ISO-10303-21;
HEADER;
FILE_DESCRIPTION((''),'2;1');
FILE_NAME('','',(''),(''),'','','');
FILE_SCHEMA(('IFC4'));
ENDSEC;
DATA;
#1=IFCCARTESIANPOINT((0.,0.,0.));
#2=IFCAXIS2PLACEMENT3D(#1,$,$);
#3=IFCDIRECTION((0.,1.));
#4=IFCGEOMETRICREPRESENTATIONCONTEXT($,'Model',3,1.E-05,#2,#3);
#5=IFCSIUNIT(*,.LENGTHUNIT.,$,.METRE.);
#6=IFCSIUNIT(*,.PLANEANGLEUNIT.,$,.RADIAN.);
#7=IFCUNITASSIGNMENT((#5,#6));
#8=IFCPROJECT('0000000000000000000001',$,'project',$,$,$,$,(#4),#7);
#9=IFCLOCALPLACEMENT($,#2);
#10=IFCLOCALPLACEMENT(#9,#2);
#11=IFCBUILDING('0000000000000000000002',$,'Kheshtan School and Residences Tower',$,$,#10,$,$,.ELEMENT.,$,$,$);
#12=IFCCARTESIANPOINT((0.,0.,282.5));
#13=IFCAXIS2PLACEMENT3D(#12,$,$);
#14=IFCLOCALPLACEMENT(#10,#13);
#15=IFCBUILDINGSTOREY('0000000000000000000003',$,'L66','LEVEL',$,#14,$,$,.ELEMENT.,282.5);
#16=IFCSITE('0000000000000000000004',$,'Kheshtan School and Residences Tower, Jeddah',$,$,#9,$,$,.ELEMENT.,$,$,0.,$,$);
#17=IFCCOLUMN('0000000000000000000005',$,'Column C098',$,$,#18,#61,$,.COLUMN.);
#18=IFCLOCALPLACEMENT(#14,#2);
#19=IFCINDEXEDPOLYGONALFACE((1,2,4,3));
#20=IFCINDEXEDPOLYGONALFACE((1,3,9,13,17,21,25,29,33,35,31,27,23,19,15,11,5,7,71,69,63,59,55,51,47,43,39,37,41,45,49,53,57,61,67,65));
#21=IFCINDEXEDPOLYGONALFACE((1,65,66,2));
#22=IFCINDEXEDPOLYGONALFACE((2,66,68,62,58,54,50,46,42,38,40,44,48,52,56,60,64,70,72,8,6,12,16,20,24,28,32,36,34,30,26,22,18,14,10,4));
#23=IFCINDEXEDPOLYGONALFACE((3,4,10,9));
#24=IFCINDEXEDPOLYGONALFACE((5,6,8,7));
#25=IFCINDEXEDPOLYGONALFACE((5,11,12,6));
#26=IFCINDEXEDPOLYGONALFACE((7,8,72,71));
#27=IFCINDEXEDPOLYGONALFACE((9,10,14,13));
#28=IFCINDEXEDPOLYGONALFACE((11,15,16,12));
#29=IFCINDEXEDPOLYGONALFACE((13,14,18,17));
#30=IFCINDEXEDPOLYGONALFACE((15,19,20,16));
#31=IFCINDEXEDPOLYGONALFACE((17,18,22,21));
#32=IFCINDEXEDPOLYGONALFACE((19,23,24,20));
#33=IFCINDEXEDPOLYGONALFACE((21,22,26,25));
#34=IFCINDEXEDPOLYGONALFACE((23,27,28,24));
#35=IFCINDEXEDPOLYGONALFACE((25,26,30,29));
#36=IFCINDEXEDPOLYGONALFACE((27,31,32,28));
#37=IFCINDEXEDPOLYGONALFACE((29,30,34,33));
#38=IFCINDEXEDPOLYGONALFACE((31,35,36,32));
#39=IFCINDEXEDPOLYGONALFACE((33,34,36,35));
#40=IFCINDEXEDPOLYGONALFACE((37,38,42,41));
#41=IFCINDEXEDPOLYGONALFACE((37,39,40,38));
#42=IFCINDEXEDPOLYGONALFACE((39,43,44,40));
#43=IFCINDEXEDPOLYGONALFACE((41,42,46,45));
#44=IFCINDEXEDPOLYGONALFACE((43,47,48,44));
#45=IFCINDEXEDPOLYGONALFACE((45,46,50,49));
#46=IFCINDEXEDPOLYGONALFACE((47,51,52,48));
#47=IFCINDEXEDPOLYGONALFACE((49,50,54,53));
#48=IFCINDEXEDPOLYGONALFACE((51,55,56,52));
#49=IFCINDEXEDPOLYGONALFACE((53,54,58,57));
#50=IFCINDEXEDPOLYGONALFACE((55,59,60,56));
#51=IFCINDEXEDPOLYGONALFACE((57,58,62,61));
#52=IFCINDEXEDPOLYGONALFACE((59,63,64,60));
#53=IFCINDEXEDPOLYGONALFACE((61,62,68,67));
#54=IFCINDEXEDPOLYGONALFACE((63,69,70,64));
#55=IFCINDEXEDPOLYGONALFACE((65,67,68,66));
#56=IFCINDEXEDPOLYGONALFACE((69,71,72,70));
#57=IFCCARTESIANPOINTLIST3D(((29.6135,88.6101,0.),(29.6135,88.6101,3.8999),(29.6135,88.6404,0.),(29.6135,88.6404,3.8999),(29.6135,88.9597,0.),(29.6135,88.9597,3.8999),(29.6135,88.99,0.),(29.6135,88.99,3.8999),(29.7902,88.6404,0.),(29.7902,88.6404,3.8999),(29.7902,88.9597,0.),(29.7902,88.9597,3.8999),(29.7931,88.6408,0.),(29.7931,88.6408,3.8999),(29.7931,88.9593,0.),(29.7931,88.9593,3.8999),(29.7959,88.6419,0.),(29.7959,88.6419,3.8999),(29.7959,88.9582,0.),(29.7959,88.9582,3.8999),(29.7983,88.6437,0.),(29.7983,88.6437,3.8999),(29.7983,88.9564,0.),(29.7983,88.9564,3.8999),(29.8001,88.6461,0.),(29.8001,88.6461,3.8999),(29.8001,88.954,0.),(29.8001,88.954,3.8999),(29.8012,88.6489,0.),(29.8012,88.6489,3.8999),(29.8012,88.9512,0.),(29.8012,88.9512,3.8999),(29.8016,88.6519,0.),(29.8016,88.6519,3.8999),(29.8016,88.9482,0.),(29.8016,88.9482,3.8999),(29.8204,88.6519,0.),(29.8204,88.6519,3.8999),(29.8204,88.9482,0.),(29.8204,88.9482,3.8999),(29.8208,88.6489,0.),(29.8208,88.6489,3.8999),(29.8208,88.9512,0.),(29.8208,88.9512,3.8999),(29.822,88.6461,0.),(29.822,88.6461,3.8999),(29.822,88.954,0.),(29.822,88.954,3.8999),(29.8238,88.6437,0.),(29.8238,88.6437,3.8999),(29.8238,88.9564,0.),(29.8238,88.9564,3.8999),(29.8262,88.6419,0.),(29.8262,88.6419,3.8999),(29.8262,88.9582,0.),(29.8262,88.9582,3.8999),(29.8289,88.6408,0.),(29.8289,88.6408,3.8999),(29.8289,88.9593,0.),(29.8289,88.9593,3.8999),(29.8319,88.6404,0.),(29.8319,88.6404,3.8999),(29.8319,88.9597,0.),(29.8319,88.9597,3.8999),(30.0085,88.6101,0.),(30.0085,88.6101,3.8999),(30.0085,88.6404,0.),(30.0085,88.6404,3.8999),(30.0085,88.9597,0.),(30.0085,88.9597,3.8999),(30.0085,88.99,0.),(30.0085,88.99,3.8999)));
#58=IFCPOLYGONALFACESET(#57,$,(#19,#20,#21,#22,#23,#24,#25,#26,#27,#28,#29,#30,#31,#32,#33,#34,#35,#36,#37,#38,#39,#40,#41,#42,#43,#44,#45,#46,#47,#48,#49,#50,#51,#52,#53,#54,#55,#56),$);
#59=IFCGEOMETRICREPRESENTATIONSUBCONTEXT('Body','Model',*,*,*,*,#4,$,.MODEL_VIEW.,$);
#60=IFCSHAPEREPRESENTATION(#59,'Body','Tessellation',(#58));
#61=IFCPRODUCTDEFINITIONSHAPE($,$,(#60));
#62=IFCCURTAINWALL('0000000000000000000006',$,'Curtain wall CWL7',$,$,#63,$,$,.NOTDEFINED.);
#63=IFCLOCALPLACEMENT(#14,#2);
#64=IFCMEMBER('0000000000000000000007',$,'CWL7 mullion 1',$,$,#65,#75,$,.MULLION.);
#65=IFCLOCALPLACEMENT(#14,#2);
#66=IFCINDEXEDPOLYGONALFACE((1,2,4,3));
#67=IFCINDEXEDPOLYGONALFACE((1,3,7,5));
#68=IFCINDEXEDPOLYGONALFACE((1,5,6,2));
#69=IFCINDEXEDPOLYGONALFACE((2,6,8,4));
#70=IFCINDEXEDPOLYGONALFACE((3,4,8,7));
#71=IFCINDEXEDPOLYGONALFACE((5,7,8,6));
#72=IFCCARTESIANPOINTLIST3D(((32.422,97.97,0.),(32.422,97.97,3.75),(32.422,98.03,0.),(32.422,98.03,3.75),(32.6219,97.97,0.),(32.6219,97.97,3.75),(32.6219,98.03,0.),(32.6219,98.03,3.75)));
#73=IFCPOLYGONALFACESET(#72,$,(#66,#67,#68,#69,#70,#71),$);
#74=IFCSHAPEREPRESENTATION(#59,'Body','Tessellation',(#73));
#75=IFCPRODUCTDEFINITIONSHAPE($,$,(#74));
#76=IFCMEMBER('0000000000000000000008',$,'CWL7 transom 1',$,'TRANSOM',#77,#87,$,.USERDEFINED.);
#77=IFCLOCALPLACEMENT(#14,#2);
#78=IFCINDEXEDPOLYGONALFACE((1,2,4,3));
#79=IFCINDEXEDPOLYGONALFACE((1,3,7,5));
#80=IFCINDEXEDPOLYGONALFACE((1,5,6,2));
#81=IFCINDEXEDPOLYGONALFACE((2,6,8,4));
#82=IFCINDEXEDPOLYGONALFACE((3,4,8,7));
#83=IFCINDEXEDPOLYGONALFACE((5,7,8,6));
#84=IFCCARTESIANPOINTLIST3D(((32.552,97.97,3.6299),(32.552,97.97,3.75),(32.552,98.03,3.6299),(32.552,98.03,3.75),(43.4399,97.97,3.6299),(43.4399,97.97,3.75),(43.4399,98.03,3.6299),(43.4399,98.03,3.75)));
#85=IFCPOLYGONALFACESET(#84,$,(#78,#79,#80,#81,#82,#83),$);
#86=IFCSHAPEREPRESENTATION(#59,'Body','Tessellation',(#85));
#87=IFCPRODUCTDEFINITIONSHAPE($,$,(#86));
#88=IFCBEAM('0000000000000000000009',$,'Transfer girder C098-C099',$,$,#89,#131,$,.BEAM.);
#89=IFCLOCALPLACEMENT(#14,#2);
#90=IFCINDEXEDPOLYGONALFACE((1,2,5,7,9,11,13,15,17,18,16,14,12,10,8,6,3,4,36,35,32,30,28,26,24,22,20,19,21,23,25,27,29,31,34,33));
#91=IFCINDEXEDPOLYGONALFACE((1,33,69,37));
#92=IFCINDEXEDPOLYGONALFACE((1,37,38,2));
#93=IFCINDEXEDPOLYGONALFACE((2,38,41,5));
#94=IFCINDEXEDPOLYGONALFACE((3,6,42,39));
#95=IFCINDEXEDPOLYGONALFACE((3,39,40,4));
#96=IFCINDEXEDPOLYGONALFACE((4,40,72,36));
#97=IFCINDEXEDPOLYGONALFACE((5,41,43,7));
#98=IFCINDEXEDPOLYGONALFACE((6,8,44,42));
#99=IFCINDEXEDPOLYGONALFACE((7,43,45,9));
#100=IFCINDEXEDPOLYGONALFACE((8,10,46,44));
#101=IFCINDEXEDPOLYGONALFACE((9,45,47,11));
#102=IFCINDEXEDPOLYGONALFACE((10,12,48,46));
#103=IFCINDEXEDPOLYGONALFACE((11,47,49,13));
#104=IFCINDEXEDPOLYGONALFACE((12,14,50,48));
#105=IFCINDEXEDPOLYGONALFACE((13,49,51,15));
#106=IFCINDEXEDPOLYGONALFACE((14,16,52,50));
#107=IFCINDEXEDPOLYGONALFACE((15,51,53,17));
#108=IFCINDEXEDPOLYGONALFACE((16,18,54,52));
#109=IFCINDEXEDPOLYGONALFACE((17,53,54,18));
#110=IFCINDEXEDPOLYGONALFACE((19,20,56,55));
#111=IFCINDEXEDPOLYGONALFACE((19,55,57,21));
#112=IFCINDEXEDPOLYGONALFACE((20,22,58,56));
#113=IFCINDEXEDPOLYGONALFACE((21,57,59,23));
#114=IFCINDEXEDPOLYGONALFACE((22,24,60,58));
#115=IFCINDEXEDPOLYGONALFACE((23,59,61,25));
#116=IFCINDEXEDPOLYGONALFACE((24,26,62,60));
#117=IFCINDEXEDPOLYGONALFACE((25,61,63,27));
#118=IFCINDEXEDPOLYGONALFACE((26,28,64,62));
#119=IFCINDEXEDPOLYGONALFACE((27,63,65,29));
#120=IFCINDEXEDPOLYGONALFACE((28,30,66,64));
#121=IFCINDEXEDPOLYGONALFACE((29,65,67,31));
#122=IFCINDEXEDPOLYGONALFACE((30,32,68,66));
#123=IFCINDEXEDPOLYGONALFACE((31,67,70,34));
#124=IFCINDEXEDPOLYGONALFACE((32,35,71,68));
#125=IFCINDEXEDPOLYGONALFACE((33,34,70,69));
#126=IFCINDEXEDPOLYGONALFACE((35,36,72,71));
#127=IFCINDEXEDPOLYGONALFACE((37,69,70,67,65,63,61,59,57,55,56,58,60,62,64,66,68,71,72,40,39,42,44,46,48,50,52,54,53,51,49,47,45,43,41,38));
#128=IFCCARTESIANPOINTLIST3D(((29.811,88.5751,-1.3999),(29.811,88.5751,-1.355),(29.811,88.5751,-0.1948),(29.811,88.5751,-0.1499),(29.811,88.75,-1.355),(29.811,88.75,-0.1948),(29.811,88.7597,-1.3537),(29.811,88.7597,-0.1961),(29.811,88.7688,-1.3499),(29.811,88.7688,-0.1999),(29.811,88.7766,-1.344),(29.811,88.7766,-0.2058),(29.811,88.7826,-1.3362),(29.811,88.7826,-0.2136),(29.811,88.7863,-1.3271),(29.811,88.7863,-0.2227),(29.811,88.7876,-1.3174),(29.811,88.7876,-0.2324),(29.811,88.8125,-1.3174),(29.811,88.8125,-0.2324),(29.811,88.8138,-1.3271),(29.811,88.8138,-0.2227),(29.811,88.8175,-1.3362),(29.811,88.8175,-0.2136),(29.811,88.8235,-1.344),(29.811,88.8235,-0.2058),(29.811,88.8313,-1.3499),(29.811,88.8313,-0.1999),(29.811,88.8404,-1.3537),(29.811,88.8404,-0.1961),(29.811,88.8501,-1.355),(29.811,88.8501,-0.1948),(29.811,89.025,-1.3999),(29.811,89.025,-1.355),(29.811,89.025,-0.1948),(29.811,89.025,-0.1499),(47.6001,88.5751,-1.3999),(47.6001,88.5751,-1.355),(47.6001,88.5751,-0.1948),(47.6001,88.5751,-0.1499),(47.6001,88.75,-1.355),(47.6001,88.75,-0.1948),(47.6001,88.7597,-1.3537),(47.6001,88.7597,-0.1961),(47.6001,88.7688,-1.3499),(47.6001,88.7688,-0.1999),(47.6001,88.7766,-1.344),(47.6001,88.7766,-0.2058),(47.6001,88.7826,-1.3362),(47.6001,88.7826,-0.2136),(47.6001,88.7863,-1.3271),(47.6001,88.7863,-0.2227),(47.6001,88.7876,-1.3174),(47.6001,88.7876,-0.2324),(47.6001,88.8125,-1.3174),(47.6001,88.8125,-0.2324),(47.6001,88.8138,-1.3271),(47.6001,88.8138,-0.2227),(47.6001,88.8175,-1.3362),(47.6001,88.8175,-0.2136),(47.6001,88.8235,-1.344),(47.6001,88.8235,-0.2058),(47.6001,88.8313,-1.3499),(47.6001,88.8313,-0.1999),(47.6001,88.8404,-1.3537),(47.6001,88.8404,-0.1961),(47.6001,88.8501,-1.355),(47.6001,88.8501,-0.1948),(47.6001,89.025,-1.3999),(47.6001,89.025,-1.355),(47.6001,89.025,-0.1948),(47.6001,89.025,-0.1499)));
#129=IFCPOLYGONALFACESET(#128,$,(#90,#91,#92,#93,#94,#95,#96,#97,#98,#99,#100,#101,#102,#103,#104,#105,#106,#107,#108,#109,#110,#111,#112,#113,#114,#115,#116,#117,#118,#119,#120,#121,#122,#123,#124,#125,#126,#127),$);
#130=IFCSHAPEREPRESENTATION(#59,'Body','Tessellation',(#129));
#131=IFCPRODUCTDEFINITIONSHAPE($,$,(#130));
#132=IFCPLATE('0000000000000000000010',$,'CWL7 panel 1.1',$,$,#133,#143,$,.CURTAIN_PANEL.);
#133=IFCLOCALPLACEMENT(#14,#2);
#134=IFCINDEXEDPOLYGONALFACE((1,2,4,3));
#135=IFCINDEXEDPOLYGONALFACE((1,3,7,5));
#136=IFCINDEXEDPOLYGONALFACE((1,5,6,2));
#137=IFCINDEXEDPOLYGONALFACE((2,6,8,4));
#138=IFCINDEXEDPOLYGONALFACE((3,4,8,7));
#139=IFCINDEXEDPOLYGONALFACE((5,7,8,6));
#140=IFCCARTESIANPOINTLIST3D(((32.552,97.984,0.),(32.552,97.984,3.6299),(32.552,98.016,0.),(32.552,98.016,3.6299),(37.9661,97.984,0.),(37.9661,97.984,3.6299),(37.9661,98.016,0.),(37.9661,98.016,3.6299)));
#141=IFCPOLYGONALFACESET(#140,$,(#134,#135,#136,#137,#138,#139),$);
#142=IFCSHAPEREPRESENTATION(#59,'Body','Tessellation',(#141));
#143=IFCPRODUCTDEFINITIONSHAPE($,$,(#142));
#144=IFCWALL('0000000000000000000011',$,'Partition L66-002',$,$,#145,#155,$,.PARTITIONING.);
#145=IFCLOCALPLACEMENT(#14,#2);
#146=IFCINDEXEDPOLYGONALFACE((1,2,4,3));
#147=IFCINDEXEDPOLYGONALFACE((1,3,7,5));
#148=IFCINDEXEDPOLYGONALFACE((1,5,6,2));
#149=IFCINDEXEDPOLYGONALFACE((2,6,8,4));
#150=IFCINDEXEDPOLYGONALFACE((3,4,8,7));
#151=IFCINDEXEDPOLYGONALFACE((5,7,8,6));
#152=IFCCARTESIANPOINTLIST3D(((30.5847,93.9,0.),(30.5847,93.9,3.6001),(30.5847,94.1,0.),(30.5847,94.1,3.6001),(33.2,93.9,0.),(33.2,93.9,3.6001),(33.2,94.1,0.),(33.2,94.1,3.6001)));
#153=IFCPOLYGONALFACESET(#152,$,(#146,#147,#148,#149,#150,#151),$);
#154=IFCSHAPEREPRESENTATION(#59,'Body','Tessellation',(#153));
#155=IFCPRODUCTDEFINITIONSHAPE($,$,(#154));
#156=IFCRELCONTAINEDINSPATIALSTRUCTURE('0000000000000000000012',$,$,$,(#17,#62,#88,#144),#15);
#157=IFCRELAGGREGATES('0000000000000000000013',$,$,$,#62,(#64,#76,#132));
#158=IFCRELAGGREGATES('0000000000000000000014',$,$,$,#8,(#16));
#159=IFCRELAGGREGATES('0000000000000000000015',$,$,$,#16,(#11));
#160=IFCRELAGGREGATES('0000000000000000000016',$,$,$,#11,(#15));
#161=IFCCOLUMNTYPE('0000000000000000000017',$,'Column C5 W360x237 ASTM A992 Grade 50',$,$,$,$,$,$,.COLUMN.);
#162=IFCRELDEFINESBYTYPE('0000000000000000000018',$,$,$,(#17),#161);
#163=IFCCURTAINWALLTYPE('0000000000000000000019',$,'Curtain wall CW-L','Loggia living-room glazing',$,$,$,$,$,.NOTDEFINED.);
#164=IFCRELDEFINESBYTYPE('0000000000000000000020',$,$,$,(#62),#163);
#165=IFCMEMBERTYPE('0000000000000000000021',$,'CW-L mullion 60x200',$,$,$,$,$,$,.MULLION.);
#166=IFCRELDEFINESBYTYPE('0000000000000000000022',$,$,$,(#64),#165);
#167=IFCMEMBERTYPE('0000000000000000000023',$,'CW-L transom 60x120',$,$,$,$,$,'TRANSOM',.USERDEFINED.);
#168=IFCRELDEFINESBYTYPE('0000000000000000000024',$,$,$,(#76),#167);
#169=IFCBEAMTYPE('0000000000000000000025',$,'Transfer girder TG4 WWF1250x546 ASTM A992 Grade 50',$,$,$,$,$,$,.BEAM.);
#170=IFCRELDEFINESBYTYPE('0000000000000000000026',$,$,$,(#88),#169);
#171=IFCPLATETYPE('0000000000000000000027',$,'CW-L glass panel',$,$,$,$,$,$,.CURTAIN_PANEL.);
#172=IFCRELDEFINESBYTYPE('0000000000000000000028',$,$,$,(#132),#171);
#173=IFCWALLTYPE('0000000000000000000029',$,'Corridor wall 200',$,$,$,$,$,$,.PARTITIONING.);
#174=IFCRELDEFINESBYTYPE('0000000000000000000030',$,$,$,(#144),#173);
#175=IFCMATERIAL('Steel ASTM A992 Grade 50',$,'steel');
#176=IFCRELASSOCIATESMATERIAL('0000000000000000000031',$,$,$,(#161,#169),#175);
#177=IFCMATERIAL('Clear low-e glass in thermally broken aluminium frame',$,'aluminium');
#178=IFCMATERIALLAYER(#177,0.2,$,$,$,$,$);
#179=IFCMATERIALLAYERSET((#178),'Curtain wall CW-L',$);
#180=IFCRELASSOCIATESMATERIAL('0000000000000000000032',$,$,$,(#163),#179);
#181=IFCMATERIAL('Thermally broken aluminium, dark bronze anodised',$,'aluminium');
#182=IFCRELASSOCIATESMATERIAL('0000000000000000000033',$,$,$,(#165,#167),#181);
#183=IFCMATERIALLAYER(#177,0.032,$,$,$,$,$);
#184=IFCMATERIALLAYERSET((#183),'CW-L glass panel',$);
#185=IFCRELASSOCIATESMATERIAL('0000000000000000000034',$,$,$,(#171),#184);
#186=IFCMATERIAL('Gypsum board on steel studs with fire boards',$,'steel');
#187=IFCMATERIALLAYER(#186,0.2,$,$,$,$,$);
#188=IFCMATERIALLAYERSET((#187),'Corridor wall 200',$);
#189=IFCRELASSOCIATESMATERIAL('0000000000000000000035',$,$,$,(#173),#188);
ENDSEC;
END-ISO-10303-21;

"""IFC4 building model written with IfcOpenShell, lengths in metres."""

from ifc_helpers import new_model, si_unit, direction, frame, frame_2d, origin, origin_2d, place, context, subcontext, project, spatial, rectangle, i_section, extrude, material, layer, layer_set, material_profile, profile_set, type_object, element, aggregate, save


model = new_model("IFC4")

# Units and contexts
model_context = context("Model", 3, precision=1e-05, world=origin(), true_north=direction((0.0, 1.0)))
body_context = subcontext(model_context, "Body", "Model", "MODEL_VIEW")
ifc_project = project(units=[si_unit("LENGTHUNIT", "METRE"), si_unit("PLANEANGLEUNIT", "RADIAN")], contexts=[model_context])

# Site, building, storey
site_placement = place(None, origin())
site = spatial("IfcSite", under=ifc_project, at=site_placement, Name="Kheshtan School and Residences Tower, Jeddah", CompositionType="ELEMENT", RefElevation=0.0)
building_placement = place(site_placement, origin())
building = spatial("IfcBuilding", under=site, at=building_placement, Name="Kheshtan School and Residences Tower", CompositionType="ELEMENT")
storey_placement = place(building_placement, frame((0.0, 0.0, 282.5)))
storey = spatial("IfcBuildingStorey", under=building, at=storey_placement, Name="L66", Description="LEVEL", CompositionType="ELEMENT", Elevation=282.5)

# Column
ifc_material_1 = material(Name="Steel ASTM A992 Grade 50", Category="steel")
ifc_material_profile_1 = material_profile(ifc_material_1, i_section(OverallWidth=0.395, OverallDepth=0.3799, WebThickness=0.0188, FlangeThickness=0.0303, FilletRadius=0.0115, at=origin_2d()), Name="W360x237")
ifc_profile_set_1 = profile_set([ifc_material_profile_1], Name="Steel ASTM A992 Grade 50")
column_type = type_object("IfcColumnType", Name="Column C5 W360x237 ASTM A992 Grade 50", PredefinedType="COLUMN", material=ifc_profile_set_1)
column_placement = place(storey_placement, frame((29.811, 88.8, 0.0), z_axis=(0.0, 0.0, 1.0), x_axis=(1.0, 0.0, 0.0)))
element("IfcColumn", 1, at=column_placement, inside=storey, type_object=column_type, Name="Column C098", PredefinedType="COLUMN", context=body_context, shape_type="SweptSolid", body=[
    extrude(i_section(OverallWidth=0.395, OverallDepth=0.3799, WebThickness=0.0188, FlangeThickness=0.0303, FilletRadius=0.0115, at=origin_2d()), origin(), (0.0, 0.0, 1.0), 3.8999),
])

# Curtain wall, members
ifc_material_2 = material(Name="Clear low-e glass in thermally broken aluminium frame", Category="aluminium")
ifc_layer_1 = layer(ifc_material_2, 0.2)
ifc_layer_set_1 = layer_set([ifc_layer_1], Name="Curtain wall CW-L")
curtain_wall_type = type_object("IfcCurtainWallType", Name="Curtain wall CW-L", Description="Loggia living-room glazing", PredefinedType="NOTDEFINED", material=ifc_layer_set_1)
curtain_wall_placement = place(storey_placement, origin())
curtain_wall = element("IfcCurtainWall", 2, at=curtain_wall_placement, inside=storey, type_object=curtain_wall_type, Name="Curtain wall CWL7", PredefinedType="NOTDEFINED")
ifc_material_3 = material(Name="Thermally broken aluminium, dark bronze anodised", Category="aluminium")
ifc_material_profile_2 = material_profile(ifc_material_3, rectangle(XDim=0.0601, YDim=0.2, at=origin_2d()), Name="CW-L mullion 60x200")
ifc_profile_set_2 = profile_set([ifc_material_profile_2], Name="Thermally broken aluminium, dark bronze anodised")
member_type_1 = type_object("IfcMemberType", Name="CW-L mullion 60x200", PredefinedType="MULLION", material=ifc_profile_set_2)
member_1_placement = place(storey_placement, frame((32.522, 98.0, 0.0), z_axis=(0.0, 0.0, 1.0), x_axis=(0.0, 1.0, 0.0)))
member_1 = element("IfcMember", 3, at=member_1_placement, type_object=member_type_1, Name="CWL7 mullion 1", PredefinedType="MULLION", context=body_context, shape_type="SweptSolid", body=[
    extrude(rectangle(XDim=0.0601, YDim=0.2, at=origin_2d()), origin(), (0.0, 0.0, 1.0), 3.75),
])
ifc_material_profile_3 = material_profile(ifc_material_3, rectangle(XDim=0.0601, YDim=0.1201, at=origin_2d()), Name="CW-L transom 60x120")
ifc_profile_set_3 = profile_set([ifc_material_profile_3], Name="Thermally broken aluminium, dark bronze anodised")
member_type_2 = type_object("IfcMemberType", Name="CW-L transom 60x120", ElementType="TRANSOM", PredefinedType="USERDEFINED", material=ifc_profile_set_3)
member_2_placement = place(storey_placement, frame((32.552, 98.0, 3.6899), z_axis=(1.0, 0.0, 0.0), x_axis=(0.0, 1.0, 0.0)))
member_2 = element("IfcMember", 4, at=member_2_placement, type_object=member_type_2, Name="CWL7 transom 1", ObjectType="TRANSOM", PredefinedType="USERDEFINED", context=body_context, shape_type="SweptSolid", body=[
    extrude(rectangle(XDim=0.0601, YDim=0.1201, at=origin_2d()), origin(), (0.0, 0.0, 1.0), 10.8879),
])

# Beam
ifc_material_profile_4 = material_profile(ifc_material_1, i_section(OverallWidth=0.45, OverallDepth=1.25, WebThickness=0.0249, FlangeThickness=0.0449, FilletRadius=0.0376, at=origin_2d()), Name="WWF1250x546")
ifc_profile_set_4 = profile_set([ifc_material_profile_4], Name="Steel ASTM A992 Grade 50")
beam_type = type_object("IfcBeamType", Name="Transfer girder TG4 WWF1250x546 ASTM A992 Grade 50", PredefinedType="BEAM", material=ifc_profile_set_4)
beam_placement = place(storey_placement, frame((29.811, 88.8, -0.7749), z_axis=(1.0, 0.0, 0.0), x_axis=(0.0, 1.0, 0.0)))
element("IfcBeam", 5, at=beam_placement, inside=storey, type_object=beam_type, Name="Transfer girder C098-C099", PredefinedType="BEAM", context=body_context, shape_type="SweptSolid", body=[
    extrude(i_section(OverallWidth=0.45, OverallDepth=1.25, WebThickness=0.0249, FlangeThickness=0.0449, FilletRadius=0.0376, at=origin_2d()), origin(), (0.0, 0.0, 1.0), 17.7891),
])

# Plate
ifc_layer_2 = layer(ifc_material_2, 0.032)
ifc_layer_set_2 = layer_set([ifc_layer_2], Name="CW-L glass panel")
plate_type = type_object("IfcPlateType", Name="CW-L glass panel", PredefinedType="CURTAIN_PANEL", material=ifc_layer_set_2)
plate_placement = place(storey_placement, frame((35.259, 98.0, 0.0), z_axis=(0.0, 0.0, 1.0), x_axis=(1.0, 0.0, 0.0)))
plate = element("IfcPlate", 6, at=plate_placement, type_object=plate_type, Name="CWL7 panel 1.1", PredefinedType="CURTAIN_PANEL", context=body_context, shape_type="SweptSolid", body=[
    extrude(rectangle(XDim=5.4141, YDim=0.032, at=origin_2d()), origin(), (0.0, 0.0, 1.0), 3.6299),
])
aggregate(curtain_wall, [member_1, member_2, plate])

# Wall
ifc_material_4 = material(Name="Gypsum board on steel studs with fire boards", Category="steel")
ifc_layer_3 = layer(ifc_material_4, 0.2)
ifc_layer_set_3 = layer_set([ifc_layer_3], Name="Corridor wall 200")
wall_type_1 = type_object("IfcWallType", Name="Corridor wall 200", PredefinedType="PARTITIONING", material=ifc_layer_set_3)
wall_1_placement = place(storey_placement, frame((30.5847, 94.0, 0.0), z_axis=(0.0, 0.0, 1.0), x_axis=(1.0, 0.0, 0.0)))
element("IfcWall", 7, at=wall_1_placement, inside=storey, type_object=wall_type_1, Name="Partition L66-002", PredefinedType="PARTITIONING", context=body_context, shape_type="SweptSolid", body=[
    extrude(rectangle(XDim=2.6152, YDim=0.2, at=frame_2d((1.3076, 0.0))), origin(), (0.0, 0.0, 1.0), 3.6001),
])

save(model, "model.ifc")
